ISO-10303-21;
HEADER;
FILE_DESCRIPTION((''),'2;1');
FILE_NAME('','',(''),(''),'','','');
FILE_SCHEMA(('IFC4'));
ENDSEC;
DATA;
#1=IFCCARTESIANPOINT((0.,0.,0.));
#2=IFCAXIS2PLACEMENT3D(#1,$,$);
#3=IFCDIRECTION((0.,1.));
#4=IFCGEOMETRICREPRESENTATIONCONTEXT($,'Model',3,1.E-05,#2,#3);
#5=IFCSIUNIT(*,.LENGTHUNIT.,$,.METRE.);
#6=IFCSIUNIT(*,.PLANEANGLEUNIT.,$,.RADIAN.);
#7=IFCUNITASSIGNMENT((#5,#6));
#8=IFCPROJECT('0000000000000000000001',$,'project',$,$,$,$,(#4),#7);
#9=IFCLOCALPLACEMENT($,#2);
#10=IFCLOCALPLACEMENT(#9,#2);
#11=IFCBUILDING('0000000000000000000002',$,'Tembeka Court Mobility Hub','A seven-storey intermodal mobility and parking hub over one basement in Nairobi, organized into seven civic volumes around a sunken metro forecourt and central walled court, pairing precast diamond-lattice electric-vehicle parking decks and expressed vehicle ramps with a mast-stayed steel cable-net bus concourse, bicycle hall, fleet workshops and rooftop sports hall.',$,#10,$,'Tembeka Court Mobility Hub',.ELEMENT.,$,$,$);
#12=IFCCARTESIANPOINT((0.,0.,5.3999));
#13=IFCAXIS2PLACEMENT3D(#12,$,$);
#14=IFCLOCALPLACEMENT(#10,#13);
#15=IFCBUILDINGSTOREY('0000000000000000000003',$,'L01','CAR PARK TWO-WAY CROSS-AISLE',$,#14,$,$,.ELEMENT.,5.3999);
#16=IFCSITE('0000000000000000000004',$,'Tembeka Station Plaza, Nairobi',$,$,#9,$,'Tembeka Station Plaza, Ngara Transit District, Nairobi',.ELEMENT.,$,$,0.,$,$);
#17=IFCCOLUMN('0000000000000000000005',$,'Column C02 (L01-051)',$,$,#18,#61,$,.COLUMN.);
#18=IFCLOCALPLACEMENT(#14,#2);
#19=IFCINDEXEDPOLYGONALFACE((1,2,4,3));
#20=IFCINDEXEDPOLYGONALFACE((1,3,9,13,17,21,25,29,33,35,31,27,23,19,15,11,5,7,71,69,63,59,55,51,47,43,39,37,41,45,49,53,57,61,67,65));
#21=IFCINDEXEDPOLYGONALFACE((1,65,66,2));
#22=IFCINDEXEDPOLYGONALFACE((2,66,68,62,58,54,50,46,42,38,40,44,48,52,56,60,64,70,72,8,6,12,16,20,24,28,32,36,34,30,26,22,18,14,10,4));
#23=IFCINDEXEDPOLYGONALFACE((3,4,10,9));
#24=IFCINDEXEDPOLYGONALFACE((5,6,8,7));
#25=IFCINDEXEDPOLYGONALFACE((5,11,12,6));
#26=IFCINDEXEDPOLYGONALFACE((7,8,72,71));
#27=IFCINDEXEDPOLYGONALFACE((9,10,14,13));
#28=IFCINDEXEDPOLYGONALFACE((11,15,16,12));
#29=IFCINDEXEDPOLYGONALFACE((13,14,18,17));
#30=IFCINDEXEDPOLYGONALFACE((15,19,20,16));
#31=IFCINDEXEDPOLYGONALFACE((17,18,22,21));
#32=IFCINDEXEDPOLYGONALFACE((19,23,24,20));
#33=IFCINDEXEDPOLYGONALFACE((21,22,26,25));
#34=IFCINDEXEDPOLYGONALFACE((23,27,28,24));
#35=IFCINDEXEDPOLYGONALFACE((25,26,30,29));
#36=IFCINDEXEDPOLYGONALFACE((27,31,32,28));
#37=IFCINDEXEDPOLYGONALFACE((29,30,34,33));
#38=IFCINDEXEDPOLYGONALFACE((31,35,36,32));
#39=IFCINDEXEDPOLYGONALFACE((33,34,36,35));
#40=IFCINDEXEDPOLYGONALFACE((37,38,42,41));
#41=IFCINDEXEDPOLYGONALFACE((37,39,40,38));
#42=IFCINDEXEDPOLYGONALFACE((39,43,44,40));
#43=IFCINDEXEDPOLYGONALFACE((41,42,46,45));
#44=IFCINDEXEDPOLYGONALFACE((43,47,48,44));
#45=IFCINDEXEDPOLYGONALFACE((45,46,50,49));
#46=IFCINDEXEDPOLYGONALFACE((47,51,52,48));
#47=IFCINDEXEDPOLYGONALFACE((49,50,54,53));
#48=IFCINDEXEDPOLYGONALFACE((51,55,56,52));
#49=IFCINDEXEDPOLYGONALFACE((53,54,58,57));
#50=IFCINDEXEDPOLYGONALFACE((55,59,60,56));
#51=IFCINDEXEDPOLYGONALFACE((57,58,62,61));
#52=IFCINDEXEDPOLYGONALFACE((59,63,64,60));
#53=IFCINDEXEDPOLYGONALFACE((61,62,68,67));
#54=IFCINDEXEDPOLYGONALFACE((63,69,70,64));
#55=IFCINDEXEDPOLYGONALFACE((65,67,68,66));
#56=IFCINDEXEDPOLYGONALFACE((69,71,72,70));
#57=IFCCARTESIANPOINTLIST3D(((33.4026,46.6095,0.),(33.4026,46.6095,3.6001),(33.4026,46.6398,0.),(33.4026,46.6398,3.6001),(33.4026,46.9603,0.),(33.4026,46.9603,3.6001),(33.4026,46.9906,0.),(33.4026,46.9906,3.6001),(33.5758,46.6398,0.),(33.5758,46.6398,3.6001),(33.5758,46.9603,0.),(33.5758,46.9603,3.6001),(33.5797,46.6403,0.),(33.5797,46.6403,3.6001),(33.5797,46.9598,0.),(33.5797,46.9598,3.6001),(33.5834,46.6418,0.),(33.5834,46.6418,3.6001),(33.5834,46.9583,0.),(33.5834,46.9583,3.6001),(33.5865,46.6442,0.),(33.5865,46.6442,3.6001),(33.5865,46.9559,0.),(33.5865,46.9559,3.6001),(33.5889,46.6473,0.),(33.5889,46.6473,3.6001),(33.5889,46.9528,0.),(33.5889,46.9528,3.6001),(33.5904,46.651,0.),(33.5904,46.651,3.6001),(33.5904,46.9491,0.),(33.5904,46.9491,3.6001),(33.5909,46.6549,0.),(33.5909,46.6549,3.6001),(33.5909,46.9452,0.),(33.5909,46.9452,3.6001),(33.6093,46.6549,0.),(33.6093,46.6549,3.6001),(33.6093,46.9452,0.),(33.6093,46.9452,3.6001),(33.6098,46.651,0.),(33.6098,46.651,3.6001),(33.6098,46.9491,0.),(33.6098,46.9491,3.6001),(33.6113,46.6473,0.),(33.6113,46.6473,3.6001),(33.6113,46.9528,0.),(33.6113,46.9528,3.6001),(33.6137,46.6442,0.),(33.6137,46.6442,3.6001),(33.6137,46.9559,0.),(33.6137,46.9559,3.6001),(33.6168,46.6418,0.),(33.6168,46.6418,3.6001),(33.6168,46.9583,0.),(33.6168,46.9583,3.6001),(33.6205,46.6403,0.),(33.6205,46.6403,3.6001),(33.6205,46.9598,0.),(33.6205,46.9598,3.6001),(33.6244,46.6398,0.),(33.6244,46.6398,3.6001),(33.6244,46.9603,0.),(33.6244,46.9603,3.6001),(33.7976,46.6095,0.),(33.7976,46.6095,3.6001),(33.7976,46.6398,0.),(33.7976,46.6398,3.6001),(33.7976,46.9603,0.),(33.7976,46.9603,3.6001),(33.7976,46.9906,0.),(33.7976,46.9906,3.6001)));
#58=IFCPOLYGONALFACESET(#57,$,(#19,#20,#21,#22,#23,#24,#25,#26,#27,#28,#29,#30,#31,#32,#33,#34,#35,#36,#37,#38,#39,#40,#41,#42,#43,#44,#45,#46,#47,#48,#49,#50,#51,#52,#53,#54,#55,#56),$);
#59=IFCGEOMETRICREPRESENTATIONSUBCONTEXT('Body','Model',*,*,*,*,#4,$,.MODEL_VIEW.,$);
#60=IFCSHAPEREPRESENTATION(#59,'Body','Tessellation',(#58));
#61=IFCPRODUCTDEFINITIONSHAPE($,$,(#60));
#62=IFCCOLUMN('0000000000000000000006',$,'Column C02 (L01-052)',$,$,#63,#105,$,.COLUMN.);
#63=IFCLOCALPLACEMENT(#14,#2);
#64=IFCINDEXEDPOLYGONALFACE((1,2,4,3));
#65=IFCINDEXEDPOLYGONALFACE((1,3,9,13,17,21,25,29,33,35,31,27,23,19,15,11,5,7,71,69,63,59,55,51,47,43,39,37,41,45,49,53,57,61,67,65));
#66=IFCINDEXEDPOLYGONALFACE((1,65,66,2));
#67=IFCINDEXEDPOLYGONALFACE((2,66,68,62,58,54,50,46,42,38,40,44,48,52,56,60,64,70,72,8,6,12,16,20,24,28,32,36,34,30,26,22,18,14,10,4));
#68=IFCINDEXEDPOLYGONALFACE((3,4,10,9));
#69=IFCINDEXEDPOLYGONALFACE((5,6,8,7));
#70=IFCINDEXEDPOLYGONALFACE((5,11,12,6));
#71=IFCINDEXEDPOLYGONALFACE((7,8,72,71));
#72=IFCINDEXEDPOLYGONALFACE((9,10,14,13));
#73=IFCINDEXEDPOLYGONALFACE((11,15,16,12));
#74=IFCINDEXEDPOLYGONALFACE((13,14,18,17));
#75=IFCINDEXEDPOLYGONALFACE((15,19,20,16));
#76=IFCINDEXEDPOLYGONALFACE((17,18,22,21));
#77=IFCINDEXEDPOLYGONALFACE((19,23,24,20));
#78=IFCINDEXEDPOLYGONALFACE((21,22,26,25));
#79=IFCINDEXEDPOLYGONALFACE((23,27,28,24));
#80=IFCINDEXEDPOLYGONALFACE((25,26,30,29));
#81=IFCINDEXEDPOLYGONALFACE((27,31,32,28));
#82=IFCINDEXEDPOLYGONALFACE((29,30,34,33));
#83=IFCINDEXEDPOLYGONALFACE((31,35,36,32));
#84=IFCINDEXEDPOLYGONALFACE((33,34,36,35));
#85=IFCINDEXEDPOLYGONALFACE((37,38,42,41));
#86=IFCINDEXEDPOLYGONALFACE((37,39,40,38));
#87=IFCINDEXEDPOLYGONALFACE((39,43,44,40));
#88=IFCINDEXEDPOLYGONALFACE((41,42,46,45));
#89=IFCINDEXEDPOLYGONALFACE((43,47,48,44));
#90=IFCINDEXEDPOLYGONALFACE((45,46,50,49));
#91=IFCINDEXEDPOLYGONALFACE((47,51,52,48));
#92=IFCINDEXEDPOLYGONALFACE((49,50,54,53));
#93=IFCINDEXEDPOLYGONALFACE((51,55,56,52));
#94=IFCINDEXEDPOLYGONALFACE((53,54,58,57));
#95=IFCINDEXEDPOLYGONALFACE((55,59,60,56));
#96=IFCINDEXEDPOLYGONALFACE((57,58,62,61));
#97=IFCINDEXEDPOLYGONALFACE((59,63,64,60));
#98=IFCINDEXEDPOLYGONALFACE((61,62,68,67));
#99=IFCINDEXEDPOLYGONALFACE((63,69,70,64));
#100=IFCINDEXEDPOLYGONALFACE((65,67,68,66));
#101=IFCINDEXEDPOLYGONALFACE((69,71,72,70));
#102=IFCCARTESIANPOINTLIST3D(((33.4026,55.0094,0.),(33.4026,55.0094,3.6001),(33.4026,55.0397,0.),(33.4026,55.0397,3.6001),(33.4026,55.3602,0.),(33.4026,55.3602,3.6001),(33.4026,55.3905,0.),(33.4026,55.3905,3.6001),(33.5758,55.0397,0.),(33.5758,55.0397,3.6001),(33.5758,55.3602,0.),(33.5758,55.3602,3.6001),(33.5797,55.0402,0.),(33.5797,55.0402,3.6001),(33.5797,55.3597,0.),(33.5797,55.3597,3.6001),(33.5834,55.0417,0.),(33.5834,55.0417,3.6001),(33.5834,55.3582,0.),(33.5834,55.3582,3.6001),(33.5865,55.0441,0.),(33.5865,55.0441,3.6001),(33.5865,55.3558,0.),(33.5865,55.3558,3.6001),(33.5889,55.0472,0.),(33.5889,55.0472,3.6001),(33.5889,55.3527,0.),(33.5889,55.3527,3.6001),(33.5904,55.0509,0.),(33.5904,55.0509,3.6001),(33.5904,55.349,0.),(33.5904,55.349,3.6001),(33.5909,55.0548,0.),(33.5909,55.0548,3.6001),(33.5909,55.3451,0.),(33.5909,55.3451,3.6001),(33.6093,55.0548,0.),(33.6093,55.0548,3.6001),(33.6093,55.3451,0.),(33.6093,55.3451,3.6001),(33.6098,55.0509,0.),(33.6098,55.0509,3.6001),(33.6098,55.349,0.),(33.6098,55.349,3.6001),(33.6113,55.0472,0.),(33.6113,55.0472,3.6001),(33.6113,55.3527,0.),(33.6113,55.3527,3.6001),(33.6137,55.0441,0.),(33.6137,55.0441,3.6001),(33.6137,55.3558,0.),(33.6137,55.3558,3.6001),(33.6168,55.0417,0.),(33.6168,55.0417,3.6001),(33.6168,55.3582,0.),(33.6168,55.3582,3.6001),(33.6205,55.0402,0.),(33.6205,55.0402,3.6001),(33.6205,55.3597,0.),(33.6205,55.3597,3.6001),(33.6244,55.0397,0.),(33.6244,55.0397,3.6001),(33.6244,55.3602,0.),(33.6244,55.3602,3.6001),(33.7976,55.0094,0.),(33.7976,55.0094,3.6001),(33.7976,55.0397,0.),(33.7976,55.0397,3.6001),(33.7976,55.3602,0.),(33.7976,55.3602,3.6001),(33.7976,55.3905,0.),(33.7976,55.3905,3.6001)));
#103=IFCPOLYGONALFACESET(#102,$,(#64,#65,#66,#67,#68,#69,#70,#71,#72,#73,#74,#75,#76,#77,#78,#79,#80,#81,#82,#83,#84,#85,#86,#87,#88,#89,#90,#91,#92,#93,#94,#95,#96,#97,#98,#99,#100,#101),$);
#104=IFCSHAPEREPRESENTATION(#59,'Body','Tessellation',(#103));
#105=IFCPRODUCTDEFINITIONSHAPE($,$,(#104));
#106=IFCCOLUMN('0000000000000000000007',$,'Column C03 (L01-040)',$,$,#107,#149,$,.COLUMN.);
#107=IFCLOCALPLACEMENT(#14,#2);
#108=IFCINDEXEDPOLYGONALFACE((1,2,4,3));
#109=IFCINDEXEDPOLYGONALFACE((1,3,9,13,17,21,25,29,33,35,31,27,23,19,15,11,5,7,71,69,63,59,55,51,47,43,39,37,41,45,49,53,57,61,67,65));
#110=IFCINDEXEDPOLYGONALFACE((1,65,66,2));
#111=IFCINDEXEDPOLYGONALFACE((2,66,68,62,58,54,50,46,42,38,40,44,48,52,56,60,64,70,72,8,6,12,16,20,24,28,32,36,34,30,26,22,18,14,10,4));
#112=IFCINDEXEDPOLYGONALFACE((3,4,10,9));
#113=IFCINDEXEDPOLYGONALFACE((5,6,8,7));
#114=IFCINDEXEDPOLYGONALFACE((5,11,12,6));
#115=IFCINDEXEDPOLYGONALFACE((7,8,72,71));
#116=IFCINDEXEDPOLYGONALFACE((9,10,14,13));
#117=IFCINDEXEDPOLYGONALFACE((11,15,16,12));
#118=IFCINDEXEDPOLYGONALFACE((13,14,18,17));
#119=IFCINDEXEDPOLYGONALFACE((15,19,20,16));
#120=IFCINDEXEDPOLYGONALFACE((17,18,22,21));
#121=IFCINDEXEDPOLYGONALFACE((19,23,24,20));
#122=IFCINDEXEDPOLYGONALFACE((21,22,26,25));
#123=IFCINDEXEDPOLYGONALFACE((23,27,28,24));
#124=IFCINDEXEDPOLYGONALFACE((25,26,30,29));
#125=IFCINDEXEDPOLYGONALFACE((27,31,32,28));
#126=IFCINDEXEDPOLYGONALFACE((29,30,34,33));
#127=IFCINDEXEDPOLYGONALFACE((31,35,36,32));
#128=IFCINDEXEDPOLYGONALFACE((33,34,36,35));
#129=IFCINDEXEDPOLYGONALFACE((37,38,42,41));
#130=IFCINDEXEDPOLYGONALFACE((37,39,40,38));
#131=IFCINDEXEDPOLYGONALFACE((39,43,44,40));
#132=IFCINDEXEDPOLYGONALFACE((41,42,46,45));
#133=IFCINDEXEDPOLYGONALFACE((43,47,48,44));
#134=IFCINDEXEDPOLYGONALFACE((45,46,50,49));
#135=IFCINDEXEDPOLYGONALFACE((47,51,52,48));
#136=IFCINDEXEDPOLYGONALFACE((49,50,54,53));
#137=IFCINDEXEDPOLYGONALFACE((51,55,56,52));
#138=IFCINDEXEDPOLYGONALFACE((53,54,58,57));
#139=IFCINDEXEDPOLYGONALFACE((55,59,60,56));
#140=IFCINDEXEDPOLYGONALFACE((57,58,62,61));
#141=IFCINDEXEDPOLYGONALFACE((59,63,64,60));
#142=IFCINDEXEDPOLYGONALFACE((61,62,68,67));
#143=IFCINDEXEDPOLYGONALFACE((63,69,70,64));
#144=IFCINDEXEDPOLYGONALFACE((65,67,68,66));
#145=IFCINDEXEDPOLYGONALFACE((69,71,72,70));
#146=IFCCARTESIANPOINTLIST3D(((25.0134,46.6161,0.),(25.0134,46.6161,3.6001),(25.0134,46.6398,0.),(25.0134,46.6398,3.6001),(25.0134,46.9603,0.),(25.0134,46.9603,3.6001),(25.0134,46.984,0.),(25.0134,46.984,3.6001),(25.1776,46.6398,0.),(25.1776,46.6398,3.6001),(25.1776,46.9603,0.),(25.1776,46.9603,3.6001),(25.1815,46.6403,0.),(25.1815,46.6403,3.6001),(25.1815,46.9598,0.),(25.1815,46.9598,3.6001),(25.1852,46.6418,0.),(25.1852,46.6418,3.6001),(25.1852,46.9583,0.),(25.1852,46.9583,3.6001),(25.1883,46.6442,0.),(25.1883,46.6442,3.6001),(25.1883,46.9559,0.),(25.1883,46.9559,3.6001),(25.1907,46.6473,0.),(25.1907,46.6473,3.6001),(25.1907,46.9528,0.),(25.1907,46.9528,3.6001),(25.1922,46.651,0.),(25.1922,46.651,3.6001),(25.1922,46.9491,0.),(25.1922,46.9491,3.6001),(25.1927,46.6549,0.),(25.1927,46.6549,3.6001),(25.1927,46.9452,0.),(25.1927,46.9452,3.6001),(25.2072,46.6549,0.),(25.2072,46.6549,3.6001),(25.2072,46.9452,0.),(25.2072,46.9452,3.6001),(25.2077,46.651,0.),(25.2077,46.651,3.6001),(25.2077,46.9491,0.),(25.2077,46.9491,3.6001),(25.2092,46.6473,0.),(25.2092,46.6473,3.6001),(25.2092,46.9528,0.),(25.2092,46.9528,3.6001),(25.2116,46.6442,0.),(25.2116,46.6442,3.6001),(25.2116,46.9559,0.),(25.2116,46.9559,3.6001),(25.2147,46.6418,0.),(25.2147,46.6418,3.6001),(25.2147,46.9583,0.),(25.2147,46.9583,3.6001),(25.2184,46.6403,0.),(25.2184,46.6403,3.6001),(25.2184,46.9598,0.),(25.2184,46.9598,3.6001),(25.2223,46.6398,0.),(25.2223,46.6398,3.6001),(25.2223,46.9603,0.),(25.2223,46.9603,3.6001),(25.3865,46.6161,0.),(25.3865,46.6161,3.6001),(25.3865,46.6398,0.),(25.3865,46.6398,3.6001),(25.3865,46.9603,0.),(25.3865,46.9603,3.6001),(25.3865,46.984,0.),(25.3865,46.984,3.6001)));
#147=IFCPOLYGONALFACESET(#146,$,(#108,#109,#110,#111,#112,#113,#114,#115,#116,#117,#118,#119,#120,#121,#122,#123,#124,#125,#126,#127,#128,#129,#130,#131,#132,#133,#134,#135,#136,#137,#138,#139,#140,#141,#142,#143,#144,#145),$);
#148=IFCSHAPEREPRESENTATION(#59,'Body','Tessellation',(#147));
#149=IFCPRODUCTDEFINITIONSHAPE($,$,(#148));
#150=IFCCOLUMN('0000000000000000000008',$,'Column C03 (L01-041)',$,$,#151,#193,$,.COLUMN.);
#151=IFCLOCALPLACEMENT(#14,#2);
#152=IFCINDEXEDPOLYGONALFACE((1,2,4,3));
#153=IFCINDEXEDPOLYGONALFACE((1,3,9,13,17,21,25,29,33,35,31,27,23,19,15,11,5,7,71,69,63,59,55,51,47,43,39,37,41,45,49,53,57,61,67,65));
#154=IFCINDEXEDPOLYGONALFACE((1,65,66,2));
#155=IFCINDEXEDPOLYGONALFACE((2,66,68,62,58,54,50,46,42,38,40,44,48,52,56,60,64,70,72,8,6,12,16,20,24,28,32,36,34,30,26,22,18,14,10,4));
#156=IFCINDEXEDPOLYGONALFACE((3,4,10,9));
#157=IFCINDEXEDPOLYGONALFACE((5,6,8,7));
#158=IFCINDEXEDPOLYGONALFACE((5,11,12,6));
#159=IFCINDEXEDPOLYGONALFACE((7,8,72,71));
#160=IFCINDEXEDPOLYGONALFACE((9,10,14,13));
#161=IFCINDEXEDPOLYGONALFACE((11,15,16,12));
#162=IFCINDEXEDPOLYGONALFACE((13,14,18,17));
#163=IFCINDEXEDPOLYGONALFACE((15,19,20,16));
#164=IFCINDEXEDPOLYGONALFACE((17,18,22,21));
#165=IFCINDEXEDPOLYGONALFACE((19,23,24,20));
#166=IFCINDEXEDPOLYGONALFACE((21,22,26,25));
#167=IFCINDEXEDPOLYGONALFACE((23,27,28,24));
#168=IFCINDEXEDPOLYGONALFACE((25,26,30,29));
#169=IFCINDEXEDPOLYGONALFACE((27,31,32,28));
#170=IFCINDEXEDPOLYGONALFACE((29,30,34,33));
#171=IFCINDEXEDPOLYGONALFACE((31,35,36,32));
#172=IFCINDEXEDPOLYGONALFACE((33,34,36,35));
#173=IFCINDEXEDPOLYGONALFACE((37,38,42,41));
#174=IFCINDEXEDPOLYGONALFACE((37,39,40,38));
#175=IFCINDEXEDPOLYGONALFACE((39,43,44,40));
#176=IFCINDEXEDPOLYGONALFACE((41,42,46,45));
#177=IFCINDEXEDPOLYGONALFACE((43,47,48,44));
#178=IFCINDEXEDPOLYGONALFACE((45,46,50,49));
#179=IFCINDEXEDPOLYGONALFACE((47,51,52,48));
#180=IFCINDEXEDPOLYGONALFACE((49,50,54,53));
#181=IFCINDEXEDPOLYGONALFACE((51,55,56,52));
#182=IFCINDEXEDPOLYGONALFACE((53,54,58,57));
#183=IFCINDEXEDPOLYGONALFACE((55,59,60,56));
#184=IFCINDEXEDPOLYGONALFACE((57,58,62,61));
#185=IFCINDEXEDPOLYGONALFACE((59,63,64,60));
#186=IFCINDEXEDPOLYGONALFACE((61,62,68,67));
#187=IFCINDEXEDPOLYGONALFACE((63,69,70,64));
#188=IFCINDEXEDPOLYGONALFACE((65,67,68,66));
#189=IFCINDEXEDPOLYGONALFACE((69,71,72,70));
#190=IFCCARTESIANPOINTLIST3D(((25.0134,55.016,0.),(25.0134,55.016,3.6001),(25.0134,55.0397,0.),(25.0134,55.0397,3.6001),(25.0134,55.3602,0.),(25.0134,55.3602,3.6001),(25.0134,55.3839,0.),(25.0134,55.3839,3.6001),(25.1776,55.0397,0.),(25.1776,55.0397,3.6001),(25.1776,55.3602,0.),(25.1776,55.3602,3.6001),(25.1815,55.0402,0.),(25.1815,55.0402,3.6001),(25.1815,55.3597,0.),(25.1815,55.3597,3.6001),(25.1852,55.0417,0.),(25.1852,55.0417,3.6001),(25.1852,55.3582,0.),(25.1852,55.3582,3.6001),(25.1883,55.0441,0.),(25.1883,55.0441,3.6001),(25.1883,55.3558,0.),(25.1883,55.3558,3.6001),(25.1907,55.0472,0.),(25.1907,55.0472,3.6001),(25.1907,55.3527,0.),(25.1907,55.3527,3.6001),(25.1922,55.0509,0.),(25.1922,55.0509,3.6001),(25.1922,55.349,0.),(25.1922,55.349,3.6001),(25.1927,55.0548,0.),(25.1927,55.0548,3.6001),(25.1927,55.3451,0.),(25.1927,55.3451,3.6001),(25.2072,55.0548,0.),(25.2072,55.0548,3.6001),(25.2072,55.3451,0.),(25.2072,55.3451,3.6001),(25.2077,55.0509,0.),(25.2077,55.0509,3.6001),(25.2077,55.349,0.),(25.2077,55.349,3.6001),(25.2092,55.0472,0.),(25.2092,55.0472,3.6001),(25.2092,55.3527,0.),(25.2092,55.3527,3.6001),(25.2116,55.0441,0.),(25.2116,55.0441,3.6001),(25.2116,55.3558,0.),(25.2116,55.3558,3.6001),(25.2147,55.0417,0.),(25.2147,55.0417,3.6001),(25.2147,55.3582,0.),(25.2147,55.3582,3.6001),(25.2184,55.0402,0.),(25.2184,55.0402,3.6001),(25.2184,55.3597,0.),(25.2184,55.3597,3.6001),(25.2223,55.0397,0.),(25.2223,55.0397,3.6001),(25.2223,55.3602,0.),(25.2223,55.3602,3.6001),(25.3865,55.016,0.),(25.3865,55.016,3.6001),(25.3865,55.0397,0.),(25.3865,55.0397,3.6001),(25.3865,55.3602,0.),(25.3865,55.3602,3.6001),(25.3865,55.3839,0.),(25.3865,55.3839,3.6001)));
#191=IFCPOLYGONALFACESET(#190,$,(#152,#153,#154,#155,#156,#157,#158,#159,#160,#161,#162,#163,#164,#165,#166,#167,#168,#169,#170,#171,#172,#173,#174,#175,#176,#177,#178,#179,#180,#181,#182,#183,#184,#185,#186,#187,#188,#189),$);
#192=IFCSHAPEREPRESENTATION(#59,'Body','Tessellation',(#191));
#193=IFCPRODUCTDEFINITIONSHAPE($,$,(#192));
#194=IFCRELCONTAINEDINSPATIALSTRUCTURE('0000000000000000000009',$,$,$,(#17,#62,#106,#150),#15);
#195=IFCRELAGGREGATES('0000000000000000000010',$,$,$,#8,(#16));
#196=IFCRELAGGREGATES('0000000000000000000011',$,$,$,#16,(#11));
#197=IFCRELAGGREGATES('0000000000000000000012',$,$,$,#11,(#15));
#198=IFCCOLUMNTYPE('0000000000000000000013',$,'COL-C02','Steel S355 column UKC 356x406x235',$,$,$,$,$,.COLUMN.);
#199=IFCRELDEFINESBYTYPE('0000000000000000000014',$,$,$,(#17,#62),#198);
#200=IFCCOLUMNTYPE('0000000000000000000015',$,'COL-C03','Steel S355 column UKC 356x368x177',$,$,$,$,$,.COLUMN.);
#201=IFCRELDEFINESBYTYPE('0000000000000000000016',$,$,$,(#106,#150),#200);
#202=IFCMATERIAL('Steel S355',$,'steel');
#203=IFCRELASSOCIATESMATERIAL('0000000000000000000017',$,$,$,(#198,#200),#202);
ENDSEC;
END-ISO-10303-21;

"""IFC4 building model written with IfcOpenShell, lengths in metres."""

from ifc_helpers import new_model, si_unit, direction, frame, origin, origin_2d, place, context, subcontext, project, spatial, i_section, extrude, material, material_profile, profile_set, type_object, element, save


model = new_model("IFC4")

# Units and contexts
model_context = context("Model", 3, precision=1e-05, world=origin(), true_north=direction((0.0, 1.0)))
body_context = subcontext(model_context, "Body", "Model", "MODEL_VIEW")
ifc_project = project(units=[si_unit("LENGTHUNIT", "METRE"), si_unit("PLANEANGLEUNIT", "RADIAN")], contexts=[model_context])

# Site, building, storey
site_placement = place(None, origin())
site = spatial("IfcSite", under=ifc_project, at=site_placement, Name="Tembeka Station Plaza, Nairobi", LongName="Tembeka Station Plaza, Ngara Transit District, Nairobi", CompositionType="ELEMENT", RefElevation=0.0)
building_placement = place(site_placement, origin())
building = spatial("IfcBuilding", under=site, at=building_placement, Name="Tembeka Court Mobility Hub", Description="A seven-storey intermodal mobility and parking hub over one basement in Nairobi, organized into seven civic volumes around a sunken metro forecourt and central walled court, pairing precast diamond-lattice electric-vehicle parking decks and expressed vehicle ramps with a mast-stayed steel cable-net bus concourse, bicycle hall, fleet workshops and rooftop sports hall.", LongName="Tembeka Court Mobility Hub", CompositionType="ELEMENT")
storey_placement = place(building_placement, frame((0.0, 0.0, 5.3999)))
storey = spatial("IfcBuildingStorey", under=building, at=storey_placement, Name="L01", Description="CAR PARK TWO-WAY CROSS-AISLE", CompositionType="ELEMENT", Elevation=5.3999)

# Columns
ifc_material_1 = material(Name="Steel S355", Category="steel")
ifc_material_profile_1 = material_profile(ifc_material_1, i_section(OverallWidth=0.395, OverallDepth=0.3811, WebThickness=0.0183, FlangeThickness=0.0303, FilletRadius=0.0151, at=origin_2d()), Name="UKC 356x406x235")
ifc_profile_set_1 = profile_set([ifc_material_profile_1], Name="Steel S355")
column_type_1 = type_object("IfcColumnType", Name="COL-C02", Description="Steel S355 column UKC 356x406x235", PredefinedType="COLUMN", material=ifc_profile_set_1)
for number, where, z_axis, x_axis, name in (
    (1, (33.6001, 46.8, 0.0), (0.0, 0.0, 1.0), (1.0, 0.0, 0.0), "Column C02 (L01-051)"),
    (2, (33.6001, 55.2, 0.0), (0.0, 0.0, 1.0), (1.0, 0.0, 0.0), "Column C02 (L01-052)"),
):
    element("IfcColumn", number, at=place(storey_placement, frame(where, z_axis=z_axis, x_axis=x_axis)), inside=storey, type_object=column_type_1, Name=name, PredefinedType="COLUMN", context=body_context, shape_type="SweptSolid", body=[
        extrude(i_section(OverallWidth=0.395, OverallDepth=0.3811, WebThickness=0.0183, FlangeThickness=0.0303, FilletRadius=0.0151, at=origin_2d()), origin(), (0.0, 0.0, 1.0), 3.6001),
    ])
ifc_material_profile_2 = material_profile(ifc_material_1, i_section(OverallWidth=0.373, OverallDepth=0.3679, WebThickness=0.0144, FlangeThickness=0.0237, FilletRadius=0.0151, at=origin_2d()), Name="UKC 356x368x177")
ifc_profile_set_2 = profile_set([ifc_material_profile_2], Name="Steel S355")
column_type_2 = type_object("IfcColumnType", Name="COL-C03", Description="Steel S355 column UKC 356x368x177", PredefinedType="COLUMN", material=ifc_profile_set_2)
for number, where, z_axis, x_axis, name in (
    (3, (25.2, 46.8, 0.0), (0.0, 0.0, 1.0), (1.0, 0.0, 0.0), "Column C03 (L01-040)"),
    (4, (25.2, 55.2, 0.0), (0.0, 0.0, 1.0), (1.0, 0.0, 0.0), "Column C03 (L01-041)"),
):
    element("IfcColumn", number, at=place(storey_placement, frame(where, z_axis=z_axis, x_axis=x_axis)), inside=storey, type_object=column_type_2, Name=name, PredefinedType="COLUMN", context=body_context, shape_type="SweptSolid", body=[
        extrude(i_section(OverallWidth=0.373, OverallDepth=0.3679, WebThickness=0.0144, FlangeThickness=0.0237, FilletRadius=0.0151, at=origin_2d()), origin(), (0.0, 0.0, 1.0), 3.6001),
    ])

save(model, "model.ifc")
